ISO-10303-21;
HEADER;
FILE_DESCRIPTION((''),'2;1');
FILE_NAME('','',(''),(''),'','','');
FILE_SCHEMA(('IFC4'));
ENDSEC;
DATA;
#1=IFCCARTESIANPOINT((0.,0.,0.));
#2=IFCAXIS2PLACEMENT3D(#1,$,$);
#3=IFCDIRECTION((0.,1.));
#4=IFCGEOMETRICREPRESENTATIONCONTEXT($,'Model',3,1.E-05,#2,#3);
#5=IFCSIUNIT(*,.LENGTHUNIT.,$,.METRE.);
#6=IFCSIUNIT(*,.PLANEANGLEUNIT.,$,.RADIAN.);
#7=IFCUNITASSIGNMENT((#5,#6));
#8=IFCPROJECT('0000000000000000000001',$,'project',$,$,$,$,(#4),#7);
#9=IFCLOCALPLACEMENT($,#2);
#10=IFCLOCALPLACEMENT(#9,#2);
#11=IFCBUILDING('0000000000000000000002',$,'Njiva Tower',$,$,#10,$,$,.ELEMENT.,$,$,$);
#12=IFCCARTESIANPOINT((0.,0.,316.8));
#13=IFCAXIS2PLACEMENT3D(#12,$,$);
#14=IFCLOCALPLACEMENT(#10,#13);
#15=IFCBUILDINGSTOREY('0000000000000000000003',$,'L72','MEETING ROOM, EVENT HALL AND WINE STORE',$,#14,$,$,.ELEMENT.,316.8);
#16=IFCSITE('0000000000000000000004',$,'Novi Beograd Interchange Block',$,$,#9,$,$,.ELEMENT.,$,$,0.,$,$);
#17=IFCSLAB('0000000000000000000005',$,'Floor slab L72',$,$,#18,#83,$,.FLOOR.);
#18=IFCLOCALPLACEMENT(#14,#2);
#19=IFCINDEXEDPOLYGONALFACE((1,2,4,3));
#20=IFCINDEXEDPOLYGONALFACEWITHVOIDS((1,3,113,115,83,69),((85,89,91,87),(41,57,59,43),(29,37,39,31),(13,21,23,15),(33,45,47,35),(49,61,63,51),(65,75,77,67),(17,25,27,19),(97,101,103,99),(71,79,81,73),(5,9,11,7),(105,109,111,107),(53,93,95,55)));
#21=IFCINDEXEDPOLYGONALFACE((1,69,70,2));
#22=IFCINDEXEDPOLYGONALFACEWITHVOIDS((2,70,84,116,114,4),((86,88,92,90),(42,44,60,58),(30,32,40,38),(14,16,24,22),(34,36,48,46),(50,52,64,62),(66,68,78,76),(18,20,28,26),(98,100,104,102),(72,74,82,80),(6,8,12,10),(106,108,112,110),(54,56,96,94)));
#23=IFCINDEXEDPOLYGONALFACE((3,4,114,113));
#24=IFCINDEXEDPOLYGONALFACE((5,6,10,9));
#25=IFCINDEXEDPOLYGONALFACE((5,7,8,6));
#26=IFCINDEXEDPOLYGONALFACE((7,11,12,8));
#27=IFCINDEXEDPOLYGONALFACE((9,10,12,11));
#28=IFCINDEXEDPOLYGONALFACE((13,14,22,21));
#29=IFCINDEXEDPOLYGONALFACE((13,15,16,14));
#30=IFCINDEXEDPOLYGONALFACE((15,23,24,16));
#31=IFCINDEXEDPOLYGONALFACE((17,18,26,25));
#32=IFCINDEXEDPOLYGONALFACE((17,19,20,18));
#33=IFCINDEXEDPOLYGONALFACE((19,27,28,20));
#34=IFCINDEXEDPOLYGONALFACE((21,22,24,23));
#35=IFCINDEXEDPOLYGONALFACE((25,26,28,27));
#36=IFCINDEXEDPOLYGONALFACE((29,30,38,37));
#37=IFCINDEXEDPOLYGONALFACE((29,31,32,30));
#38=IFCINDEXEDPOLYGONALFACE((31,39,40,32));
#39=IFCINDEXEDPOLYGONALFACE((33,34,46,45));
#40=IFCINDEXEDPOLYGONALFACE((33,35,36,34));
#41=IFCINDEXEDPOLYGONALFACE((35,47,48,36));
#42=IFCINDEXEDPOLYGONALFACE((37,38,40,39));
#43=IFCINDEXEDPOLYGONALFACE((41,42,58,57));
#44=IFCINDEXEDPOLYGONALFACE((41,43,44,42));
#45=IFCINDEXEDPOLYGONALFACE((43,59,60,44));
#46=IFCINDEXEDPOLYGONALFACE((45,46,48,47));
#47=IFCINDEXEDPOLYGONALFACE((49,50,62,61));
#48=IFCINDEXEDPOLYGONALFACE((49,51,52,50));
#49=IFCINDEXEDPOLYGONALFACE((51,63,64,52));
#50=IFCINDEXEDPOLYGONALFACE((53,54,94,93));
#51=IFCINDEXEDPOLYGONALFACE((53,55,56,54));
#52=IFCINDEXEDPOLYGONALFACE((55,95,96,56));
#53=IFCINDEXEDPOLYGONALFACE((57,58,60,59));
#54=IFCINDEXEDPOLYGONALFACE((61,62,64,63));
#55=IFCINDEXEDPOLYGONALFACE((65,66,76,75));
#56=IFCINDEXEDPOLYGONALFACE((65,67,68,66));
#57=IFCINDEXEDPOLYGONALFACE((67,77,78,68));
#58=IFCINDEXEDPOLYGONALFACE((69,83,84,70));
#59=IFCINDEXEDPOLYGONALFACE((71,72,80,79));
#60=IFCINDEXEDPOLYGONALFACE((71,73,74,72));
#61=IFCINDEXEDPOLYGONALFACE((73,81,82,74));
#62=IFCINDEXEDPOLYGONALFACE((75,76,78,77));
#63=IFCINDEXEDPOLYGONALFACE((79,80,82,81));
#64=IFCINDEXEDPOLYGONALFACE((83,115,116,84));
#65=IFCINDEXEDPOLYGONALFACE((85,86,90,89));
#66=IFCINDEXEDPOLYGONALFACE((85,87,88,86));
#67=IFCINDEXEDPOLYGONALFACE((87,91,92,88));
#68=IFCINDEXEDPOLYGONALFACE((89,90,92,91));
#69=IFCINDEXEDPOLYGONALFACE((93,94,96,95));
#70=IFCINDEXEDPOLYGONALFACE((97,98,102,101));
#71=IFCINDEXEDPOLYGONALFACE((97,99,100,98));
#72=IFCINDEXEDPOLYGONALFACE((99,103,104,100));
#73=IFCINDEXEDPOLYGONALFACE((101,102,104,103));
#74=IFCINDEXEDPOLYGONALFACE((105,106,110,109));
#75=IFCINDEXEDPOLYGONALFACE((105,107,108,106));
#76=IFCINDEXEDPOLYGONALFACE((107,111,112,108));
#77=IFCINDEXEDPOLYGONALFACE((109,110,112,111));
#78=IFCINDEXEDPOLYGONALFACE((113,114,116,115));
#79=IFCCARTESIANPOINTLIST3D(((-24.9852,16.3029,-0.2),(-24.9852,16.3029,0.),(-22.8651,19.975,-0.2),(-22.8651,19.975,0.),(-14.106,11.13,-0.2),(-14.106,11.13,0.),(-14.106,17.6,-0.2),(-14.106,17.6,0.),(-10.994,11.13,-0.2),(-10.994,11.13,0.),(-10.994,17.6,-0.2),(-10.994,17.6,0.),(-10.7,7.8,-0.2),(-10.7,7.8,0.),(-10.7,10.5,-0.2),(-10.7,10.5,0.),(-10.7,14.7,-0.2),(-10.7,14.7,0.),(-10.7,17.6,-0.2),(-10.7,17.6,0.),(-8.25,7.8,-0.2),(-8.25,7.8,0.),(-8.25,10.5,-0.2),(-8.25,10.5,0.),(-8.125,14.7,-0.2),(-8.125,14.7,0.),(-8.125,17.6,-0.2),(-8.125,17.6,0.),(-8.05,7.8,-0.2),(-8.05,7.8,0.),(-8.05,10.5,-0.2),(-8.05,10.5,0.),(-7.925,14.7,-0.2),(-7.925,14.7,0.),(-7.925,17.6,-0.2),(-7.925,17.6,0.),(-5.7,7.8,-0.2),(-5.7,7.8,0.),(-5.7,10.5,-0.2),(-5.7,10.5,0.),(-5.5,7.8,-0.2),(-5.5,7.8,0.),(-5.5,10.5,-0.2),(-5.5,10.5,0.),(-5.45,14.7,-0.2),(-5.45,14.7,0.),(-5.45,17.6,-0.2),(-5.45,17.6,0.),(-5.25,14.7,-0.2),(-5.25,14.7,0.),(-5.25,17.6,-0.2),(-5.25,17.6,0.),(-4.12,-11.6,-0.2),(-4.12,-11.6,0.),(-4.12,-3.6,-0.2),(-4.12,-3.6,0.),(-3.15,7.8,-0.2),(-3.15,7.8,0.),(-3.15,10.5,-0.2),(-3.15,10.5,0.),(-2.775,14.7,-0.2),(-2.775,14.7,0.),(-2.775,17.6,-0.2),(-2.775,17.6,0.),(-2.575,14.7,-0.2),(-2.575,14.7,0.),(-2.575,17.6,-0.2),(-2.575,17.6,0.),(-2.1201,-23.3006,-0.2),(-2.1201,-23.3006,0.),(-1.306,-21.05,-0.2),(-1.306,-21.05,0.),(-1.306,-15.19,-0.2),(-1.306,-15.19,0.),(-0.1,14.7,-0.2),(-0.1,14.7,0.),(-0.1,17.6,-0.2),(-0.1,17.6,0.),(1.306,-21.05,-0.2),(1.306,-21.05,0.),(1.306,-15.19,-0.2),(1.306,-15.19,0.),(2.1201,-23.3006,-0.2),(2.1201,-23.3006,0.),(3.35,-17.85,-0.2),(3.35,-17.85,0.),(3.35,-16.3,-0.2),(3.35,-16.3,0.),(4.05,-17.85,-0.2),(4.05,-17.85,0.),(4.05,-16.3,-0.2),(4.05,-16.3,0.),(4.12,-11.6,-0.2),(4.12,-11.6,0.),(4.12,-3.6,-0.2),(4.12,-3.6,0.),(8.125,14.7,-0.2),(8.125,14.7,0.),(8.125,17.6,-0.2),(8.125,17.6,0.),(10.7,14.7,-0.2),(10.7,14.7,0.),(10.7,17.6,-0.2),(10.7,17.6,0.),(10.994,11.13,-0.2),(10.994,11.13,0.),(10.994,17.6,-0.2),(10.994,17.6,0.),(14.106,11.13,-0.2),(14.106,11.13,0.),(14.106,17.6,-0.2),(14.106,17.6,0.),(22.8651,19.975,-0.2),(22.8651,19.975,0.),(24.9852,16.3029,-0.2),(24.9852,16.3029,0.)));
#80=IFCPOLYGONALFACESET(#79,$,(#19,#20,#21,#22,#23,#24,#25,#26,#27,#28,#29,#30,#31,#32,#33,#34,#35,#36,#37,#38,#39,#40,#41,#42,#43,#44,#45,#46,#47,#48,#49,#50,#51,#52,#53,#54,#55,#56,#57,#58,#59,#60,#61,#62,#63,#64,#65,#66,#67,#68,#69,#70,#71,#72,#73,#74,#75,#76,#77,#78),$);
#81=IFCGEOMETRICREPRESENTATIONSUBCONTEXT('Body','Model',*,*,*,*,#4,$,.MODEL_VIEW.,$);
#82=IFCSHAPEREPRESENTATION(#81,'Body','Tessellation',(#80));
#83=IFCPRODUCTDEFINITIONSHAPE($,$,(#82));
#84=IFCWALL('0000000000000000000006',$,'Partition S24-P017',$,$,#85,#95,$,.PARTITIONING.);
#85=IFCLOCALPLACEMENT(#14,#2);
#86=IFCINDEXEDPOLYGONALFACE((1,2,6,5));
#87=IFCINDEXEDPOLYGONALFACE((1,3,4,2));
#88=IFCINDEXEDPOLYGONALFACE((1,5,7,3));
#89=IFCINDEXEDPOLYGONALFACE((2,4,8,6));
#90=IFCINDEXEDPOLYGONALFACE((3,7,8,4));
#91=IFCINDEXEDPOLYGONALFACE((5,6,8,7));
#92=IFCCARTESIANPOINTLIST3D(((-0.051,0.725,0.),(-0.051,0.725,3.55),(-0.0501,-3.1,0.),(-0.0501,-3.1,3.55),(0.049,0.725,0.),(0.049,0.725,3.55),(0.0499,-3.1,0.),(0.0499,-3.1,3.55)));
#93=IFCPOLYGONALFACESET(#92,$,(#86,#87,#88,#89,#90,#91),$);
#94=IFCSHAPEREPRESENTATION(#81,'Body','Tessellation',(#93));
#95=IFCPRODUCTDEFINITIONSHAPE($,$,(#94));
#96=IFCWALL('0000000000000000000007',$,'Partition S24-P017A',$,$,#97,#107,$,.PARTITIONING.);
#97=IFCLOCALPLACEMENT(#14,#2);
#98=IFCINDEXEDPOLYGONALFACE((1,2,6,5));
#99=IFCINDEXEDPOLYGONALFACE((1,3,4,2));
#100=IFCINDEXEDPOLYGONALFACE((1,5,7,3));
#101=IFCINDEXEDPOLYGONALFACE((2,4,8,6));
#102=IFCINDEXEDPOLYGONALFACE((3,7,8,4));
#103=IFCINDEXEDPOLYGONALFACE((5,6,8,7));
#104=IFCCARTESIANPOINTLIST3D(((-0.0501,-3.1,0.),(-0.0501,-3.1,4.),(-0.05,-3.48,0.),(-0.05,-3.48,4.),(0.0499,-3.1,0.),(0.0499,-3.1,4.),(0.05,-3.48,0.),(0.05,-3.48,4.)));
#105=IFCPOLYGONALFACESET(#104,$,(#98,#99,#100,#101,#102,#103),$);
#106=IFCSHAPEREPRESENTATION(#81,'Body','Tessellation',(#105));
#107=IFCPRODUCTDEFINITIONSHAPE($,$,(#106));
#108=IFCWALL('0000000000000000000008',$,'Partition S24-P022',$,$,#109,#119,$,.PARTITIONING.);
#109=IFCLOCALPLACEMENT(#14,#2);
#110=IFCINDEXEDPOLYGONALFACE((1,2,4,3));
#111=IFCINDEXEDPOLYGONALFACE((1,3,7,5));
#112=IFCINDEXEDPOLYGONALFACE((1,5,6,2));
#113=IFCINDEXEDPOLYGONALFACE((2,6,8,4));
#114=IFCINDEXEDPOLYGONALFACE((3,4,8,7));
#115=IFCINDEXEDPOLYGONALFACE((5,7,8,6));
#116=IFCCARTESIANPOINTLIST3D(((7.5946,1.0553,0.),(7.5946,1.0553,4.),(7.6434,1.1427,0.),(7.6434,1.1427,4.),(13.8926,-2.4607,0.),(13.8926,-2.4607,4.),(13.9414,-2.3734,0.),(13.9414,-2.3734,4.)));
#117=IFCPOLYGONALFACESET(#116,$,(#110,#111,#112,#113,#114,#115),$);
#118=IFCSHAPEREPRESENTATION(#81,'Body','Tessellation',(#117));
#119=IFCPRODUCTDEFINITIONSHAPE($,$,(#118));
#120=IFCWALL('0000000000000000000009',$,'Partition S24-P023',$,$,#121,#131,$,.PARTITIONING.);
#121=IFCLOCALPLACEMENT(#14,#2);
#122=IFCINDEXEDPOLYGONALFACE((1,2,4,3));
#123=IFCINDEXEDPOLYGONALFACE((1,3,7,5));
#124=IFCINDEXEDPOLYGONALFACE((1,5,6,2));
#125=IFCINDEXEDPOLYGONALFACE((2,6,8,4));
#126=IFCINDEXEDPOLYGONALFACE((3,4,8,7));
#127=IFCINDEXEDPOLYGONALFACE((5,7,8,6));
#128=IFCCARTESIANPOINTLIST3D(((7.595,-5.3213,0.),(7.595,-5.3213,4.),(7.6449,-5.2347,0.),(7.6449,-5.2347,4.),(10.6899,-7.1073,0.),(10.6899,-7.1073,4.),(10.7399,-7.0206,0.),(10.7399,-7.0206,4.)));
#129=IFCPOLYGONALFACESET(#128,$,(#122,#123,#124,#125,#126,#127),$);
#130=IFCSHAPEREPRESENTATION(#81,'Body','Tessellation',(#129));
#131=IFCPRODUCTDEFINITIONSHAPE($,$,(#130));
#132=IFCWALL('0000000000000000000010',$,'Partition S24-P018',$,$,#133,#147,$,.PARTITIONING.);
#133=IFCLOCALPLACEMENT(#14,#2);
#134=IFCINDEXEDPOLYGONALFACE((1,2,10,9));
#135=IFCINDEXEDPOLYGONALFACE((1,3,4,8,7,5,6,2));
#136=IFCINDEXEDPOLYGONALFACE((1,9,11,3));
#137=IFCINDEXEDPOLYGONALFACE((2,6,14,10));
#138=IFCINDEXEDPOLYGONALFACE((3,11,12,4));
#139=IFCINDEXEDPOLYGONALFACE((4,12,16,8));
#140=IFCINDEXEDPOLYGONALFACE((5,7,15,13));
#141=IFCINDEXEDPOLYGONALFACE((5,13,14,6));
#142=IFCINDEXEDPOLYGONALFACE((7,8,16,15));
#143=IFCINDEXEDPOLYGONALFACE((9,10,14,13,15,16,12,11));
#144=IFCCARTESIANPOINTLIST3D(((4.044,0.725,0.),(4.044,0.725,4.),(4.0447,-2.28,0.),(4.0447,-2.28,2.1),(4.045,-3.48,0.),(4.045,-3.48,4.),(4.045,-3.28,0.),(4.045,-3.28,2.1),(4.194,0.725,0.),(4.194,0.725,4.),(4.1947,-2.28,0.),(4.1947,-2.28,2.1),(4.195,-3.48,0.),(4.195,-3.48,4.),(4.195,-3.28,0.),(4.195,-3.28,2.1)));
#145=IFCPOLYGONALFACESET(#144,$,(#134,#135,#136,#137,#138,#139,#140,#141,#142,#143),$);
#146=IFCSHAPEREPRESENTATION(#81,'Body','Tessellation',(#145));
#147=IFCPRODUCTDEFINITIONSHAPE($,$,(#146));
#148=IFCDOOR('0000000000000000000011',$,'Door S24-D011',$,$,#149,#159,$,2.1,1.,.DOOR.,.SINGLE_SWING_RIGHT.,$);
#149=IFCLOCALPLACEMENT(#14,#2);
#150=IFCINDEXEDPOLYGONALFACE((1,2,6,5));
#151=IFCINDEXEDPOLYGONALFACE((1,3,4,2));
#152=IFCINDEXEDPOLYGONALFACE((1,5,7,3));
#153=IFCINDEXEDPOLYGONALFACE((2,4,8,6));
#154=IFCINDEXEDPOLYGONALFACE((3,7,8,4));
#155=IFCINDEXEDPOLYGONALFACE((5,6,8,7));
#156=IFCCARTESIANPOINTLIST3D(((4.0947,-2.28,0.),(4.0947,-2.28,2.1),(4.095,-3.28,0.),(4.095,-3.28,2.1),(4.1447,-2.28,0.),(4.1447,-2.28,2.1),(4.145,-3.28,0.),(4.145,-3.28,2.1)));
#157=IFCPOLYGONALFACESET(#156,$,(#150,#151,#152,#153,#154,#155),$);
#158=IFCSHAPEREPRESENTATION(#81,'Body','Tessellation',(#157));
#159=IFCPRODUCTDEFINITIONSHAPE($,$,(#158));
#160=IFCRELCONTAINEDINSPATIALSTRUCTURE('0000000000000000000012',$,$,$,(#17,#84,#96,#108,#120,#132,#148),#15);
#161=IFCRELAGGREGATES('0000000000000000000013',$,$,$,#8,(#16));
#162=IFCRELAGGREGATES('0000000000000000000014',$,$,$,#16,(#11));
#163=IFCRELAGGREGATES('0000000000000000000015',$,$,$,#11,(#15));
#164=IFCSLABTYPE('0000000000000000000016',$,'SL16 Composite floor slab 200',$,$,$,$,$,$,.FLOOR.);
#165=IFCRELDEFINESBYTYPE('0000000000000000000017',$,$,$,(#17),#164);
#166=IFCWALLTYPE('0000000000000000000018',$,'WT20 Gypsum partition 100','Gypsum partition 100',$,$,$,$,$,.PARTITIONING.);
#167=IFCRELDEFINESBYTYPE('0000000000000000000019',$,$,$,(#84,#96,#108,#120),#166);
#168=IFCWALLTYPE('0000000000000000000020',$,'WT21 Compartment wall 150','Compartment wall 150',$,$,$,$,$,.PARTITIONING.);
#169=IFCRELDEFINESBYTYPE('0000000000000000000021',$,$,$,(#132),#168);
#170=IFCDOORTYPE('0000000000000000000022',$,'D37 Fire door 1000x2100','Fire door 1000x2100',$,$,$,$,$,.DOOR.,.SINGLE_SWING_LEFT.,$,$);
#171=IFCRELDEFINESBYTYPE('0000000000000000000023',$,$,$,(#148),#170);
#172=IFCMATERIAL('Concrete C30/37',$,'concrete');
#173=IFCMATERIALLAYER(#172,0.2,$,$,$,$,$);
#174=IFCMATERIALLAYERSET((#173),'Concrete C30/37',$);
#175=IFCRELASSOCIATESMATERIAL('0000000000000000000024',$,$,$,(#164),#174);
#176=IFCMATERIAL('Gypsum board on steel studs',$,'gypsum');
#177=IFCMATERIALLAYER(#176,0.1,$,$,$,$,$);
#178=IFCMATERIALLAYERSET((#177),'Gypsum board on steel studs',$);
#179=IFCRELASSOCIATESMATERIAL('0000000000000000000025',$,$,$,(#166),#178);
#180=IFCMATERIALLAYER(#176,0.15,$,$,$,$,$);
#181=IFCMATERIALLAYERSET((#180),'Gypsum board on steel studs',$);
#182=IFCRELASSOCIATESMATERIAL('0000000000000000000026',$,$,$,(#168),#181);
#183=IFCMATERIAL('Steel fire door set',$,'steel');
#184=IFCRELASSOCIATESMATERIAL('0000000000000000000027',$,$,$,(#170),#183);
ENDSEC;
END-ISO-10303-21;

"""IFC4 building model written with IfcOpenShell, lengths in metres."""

from ifc_helpers import new_model, si_unit, direction, frame, frame_2d, origin, place, context, subcontext, project, spatial, polyline, rectangle, outline, extrude, material, layer, layer_set, type_object, element, fill, save


model = new_model("IFC4")

# Units and contexts
model_context = context("Model", 3, precision=1e-05, world=origin(), true_north=direction((0.0, 1.0)))
body_context = subcontext(model_context, "Body", "Model", "MODEL_VIEW")
ifc_project = project(units=[si_unit("LENGTHUNIT", "METRE"), si_unit("PLANEANGLEUNIT", "RADIAN")], contexts=[model_context])

# Site, building, storey
site_placement = place(None, origin())
site = spatial("IfcSite", under=ifc_project, at=site_placement, Name="Novi Beograd Interchange Block", CompositionType="ELEMENT", RefElevation=0.0)
building_placement = place(site_placement, origin())
building = spatial("IfcBuilding", under=site, at=building_placement, Name="Njiva Tower", CompositionType="ELEMENT")
storey_placement = place(building_placement, frame((0.0, 0.0, 316.8)))
storey = spatial("IfcBuildingStorey", under=building, at=storey_placement, Name="L72", Description="MEETING ROOM, EVENT HALL AND WINE STORE", CompositionType="ELEMENT", Elevation=316.8)

# Slab
ifc_material_1 = material(Name="Concrete C30/37", Category="concrete")
ifc_layer_1 = layer(ifc_material_1, 0.2)
ifc_layer_set_1 = layer_set([ifc_layer_1], Name="Concrete C30/37")
slab_type_1 = type_object("IfcSlabType", Name="SL16 Composite floor slab 200", PredefinedType="FLOOR", material=ifc_layer_set_1)
slab_1_placement = place(storey_placement, frame((0.0, 0.0, -0.2)))
element("IfcSlab", 1, at=slab_1_placement, inside=storey, type_object=slab_type_1, Name="Floor slab L72", PredefinedType="FLOOR", context=body_context, shape_type="SweptSolid", body=[
    extrude(outline(polyline([(24.9852, 16.3029), (2.1201, -23.3006), (-2.1201, -23.3006), (-24.9852, 16.3029), (-22.8651, 19.975), (22.8651, 19.975), (24.9852, 16.3029)]), holes=[polyline([(10.994, 11.13), (14.106, 11.13), (14.106, 17.6), (10.994, 17.6), (10.994, 11.13)]), polyline([(8.125, 14.7), (10.7, 14.7), (10.7, 17.6), (8.125, 17.6), (8.125, 14.7)]), polyline([(4.12, -11.6), (4.12, -3.6), (-4.12, -3.6), (-4.12, -11.6), (4.12, -11.6)]), polyline([(3.35, -17.85), (4.05, -17.85), (4.05, -16.3), (3.35, -16.3), (3.35, -17.85)]), polyline([(-1.306, -21.05), (1.306, -21.05), (1.306, -15.19), (-1.306, -15.19), (-1.306, -21.05)]), polyline([(-2.575, 14.7), (-0.1, 14.7), (-0.1, 17.6), (-2.575, 17.6), (-2.575, 14.7)]), polyline([(-2.775, 14.7), (-2.775, 17.6), (-5.25, 17.6), (-5.25, 14.7), (-2.775, 14.7)]), polyline([(-5.5, 7.8), (-3.15, 7.8), (-3.15, 10.5), (-5.5, 10.5), (-5.5, 7.8)]), polyline([(-7.925, 14.7), (-5.45, 14.7), (-5.45, 17.6), (-7.925, 17.6), (-7.925, 14.7)]), polyline([(-8.05, 7.8), (-5.7, 7.8), (-5.7, 10.5), (-8.05, 10.5), (-8.05, 7.8)]), polyline([(-10.7, 14.7), (-8.125, 14.7), (-8.125, 17.6), (-10.7, 17.6), (-10.7, 14.7)]), polyline([(-8.25, 7.8), (-8.25, 10.5), (-10.7, 10.5), (-10.7, 7.8), (-8.25, 7.8)]), polyline([(-10.994, 11.13), (-10.994, 17.6), (-14.106, 17.6), (-14.106, 11.13), (-10.994, 11.13)])]), origin(), (0.0, 0.0, 1.0), 0.2),
])

# Walls
ifc_material_2 = material(Name="Gypsum board on steel studs", Category="gypsum")
ifc_layer_2 = layer(ifc_material_2, 0.1)
ifc_layer_set_2 = layer_set([ifc_layer_2], Name="Gypsum board on steel studs")
wall_type_1 = type_object("IfcWallType", Name="WT20 Gypsum partition 100", Description="Gypsum partition 100", PredefinedType="PARTITIONING", material=ifc_layer_set_2)
wall_1_placement = place(storey_placement, frame((-0.001, 0.725, 0.0), z_axis=(0.0, 0.0, 1.0), x_axis=(0.000235, -1.0, 0.0)))
element("IfcWall", 2, at=wall_1_placement, inside=storey, type_object=wall_type_1, Name="Partition S24-P017", PredefinedType="PARTITIONING", context=body_context, shape_type="SweptSolid", body=[
    extrude(rectangle(XDim=3.825, YDim=0.1, at=frame_2d((1.9125, 0.0))), origin(), (0.0, 0.0, 1.0), 3.55),
])
wall_2_placement = place(storey_placement, frame((-0.0001, -3.1, 0.0), z_axis=(0.0, 0.0, 1.0), x_axis=(0.000263, -1.0, 0.0)))
element("IfcWall", 3, at=wall_2_placement, inside=storey, type_object=wall_type_1, Name="Partition S24-P017A", PredefinedType="PARTITIONING", context=body_context, shape_type="SweptSolid", body=[
    extrude(rectangle(XDim=0.38, YDim=0.1, at=frame_2d((0.19, 0.0))), origin(), (0.0, 0.0, 1.0), 4.0),
])
wall_3_placement = place(storey_placement, frame((7.619, 1.099, 0.0), z_axis=(0.0, 0.0, 1.0), x_axis=(0.873148, -0.487455, 0.0)))
element("IfcWall", 4, at=wall_3_placement, inside=storey, type_object=wall_type_1, Name="Partition S24-P022", PredefinedType="PARTITIONING", context=body_context, shape_type="SweptSolid", body=[
    extrude(rectangle(XDim=7.213, YDim=0.1, at=frame_2d((3.6065, 0.0))), origin(), (0.0, 0.0, 1.0), 4.0),
])
wall_4_placement = place(storey_placement, frame((7.62, -5.278, 0.0), z_axis=(0.0, 0.0, 1.0), x_axis=(0.866134, -0.499811, 0.0)))
element("IfcWall", 5, at=wall_4_placement, inside=storey, type_object=wall_type_1, Name="Partition S24-P023", PredefinedType="PARTITIONING", context=body_context, shape_type="SweptSolid", body=[
    extrude(rectangle(XDim=3.5733, YDim=0.1, at=frame_2d((1.7866, 0.0))), origin(), (0.0, 0.0, 1.0), 4.0),
])

# Wall, opening, door
ifc_layer_3 = layer(ifc_material_2, 0.15)
ifc_layer_set_3 = layer_set([ifc_layer_3], Name="Gypsum board on steel studs")
wall_type_2 = type_object("IfcWallType", Name="WT21 Compartment wall 150", Description="Compartment wall 150", PredefinedType="PARTITIONING", material=ifc_layer_set_3)
wall_5_placement = place(storey_placement, frame((4.119, 0.725, 0.0), z_axis=(0.0, 0.0, 1.0), x_axis=(0.000238, -1.0, 0.0)))
wall_5 = element("IfcWall", 6, at=wall_5_placement, inside=storey, type_object=wall_type_2, Name="Partition S24-P018", PredefinedType="PARTITIONING", context=body_context, shape_type="SweptSolid", body=[
    extrude(rectangle(XDim=4.205, YDim=0.15, at=frame_2d((2.1025, 0.0))), origin(), (0.0, 0.0, 1.0), 4.0),
])
opening_1_placement = place(wall_5_placement, frame((3.005, 0.0, 0.0)))
opening_1 = element("IfcOpeningElement", 7, at=opening_1_placement, cuts=wall_5, PredefinedType="OPENING", context=body_context, shape_type="SweptSolid", body=[
    extrude(rectangle(XDim=1.0, YDim=2.1, at=frame_2d((0.5, 1.05))), frame((0.0, 0.085, 0.0), z_axis=(0.0, -1.0, 0.0), x_axis=(1.0, 0.0, 0.0)), (0.0, 0.0, 1.0), 0.17),
])
ifc_material_3 = material(Name="Steel fire door set", Category="steel")
door_type = type_object("IfcDoorType", Name="D37 Fire door 1000x2100", Description="Fire door 1000x2100", OperationType="SINGLE_SWING_LEFT", PredefinedType="DOOR", material=ifc_material_3)
door_1_placement = place(opening_1_placement, origin())
door_1 = element("IfcDoor", 8, at=door_1_placement, inside=storey, type_object=door_type, Name="Door S24-D011", OperationType="SINGLE_SWING_RIGHT", OverallHeight=2.1, OverallWidth=1.0, PredefinedType="DOOR", context=body_context, shape_type="SweptSolid", body=[
    extrude(rectangle(XDim=1.0, YDim=2.1, at=frame_2d((0.5, 1.05))), frame((0.0, 0.025, 0.0), z_axis=(0.0, -1.0, 0.0), x_axis=(1.0, 0.0, 0.0)), (0.0, 0.0, 1.0), 0.05),
])
fill(opening_1, door_1)

save(model, "model.ifc")
